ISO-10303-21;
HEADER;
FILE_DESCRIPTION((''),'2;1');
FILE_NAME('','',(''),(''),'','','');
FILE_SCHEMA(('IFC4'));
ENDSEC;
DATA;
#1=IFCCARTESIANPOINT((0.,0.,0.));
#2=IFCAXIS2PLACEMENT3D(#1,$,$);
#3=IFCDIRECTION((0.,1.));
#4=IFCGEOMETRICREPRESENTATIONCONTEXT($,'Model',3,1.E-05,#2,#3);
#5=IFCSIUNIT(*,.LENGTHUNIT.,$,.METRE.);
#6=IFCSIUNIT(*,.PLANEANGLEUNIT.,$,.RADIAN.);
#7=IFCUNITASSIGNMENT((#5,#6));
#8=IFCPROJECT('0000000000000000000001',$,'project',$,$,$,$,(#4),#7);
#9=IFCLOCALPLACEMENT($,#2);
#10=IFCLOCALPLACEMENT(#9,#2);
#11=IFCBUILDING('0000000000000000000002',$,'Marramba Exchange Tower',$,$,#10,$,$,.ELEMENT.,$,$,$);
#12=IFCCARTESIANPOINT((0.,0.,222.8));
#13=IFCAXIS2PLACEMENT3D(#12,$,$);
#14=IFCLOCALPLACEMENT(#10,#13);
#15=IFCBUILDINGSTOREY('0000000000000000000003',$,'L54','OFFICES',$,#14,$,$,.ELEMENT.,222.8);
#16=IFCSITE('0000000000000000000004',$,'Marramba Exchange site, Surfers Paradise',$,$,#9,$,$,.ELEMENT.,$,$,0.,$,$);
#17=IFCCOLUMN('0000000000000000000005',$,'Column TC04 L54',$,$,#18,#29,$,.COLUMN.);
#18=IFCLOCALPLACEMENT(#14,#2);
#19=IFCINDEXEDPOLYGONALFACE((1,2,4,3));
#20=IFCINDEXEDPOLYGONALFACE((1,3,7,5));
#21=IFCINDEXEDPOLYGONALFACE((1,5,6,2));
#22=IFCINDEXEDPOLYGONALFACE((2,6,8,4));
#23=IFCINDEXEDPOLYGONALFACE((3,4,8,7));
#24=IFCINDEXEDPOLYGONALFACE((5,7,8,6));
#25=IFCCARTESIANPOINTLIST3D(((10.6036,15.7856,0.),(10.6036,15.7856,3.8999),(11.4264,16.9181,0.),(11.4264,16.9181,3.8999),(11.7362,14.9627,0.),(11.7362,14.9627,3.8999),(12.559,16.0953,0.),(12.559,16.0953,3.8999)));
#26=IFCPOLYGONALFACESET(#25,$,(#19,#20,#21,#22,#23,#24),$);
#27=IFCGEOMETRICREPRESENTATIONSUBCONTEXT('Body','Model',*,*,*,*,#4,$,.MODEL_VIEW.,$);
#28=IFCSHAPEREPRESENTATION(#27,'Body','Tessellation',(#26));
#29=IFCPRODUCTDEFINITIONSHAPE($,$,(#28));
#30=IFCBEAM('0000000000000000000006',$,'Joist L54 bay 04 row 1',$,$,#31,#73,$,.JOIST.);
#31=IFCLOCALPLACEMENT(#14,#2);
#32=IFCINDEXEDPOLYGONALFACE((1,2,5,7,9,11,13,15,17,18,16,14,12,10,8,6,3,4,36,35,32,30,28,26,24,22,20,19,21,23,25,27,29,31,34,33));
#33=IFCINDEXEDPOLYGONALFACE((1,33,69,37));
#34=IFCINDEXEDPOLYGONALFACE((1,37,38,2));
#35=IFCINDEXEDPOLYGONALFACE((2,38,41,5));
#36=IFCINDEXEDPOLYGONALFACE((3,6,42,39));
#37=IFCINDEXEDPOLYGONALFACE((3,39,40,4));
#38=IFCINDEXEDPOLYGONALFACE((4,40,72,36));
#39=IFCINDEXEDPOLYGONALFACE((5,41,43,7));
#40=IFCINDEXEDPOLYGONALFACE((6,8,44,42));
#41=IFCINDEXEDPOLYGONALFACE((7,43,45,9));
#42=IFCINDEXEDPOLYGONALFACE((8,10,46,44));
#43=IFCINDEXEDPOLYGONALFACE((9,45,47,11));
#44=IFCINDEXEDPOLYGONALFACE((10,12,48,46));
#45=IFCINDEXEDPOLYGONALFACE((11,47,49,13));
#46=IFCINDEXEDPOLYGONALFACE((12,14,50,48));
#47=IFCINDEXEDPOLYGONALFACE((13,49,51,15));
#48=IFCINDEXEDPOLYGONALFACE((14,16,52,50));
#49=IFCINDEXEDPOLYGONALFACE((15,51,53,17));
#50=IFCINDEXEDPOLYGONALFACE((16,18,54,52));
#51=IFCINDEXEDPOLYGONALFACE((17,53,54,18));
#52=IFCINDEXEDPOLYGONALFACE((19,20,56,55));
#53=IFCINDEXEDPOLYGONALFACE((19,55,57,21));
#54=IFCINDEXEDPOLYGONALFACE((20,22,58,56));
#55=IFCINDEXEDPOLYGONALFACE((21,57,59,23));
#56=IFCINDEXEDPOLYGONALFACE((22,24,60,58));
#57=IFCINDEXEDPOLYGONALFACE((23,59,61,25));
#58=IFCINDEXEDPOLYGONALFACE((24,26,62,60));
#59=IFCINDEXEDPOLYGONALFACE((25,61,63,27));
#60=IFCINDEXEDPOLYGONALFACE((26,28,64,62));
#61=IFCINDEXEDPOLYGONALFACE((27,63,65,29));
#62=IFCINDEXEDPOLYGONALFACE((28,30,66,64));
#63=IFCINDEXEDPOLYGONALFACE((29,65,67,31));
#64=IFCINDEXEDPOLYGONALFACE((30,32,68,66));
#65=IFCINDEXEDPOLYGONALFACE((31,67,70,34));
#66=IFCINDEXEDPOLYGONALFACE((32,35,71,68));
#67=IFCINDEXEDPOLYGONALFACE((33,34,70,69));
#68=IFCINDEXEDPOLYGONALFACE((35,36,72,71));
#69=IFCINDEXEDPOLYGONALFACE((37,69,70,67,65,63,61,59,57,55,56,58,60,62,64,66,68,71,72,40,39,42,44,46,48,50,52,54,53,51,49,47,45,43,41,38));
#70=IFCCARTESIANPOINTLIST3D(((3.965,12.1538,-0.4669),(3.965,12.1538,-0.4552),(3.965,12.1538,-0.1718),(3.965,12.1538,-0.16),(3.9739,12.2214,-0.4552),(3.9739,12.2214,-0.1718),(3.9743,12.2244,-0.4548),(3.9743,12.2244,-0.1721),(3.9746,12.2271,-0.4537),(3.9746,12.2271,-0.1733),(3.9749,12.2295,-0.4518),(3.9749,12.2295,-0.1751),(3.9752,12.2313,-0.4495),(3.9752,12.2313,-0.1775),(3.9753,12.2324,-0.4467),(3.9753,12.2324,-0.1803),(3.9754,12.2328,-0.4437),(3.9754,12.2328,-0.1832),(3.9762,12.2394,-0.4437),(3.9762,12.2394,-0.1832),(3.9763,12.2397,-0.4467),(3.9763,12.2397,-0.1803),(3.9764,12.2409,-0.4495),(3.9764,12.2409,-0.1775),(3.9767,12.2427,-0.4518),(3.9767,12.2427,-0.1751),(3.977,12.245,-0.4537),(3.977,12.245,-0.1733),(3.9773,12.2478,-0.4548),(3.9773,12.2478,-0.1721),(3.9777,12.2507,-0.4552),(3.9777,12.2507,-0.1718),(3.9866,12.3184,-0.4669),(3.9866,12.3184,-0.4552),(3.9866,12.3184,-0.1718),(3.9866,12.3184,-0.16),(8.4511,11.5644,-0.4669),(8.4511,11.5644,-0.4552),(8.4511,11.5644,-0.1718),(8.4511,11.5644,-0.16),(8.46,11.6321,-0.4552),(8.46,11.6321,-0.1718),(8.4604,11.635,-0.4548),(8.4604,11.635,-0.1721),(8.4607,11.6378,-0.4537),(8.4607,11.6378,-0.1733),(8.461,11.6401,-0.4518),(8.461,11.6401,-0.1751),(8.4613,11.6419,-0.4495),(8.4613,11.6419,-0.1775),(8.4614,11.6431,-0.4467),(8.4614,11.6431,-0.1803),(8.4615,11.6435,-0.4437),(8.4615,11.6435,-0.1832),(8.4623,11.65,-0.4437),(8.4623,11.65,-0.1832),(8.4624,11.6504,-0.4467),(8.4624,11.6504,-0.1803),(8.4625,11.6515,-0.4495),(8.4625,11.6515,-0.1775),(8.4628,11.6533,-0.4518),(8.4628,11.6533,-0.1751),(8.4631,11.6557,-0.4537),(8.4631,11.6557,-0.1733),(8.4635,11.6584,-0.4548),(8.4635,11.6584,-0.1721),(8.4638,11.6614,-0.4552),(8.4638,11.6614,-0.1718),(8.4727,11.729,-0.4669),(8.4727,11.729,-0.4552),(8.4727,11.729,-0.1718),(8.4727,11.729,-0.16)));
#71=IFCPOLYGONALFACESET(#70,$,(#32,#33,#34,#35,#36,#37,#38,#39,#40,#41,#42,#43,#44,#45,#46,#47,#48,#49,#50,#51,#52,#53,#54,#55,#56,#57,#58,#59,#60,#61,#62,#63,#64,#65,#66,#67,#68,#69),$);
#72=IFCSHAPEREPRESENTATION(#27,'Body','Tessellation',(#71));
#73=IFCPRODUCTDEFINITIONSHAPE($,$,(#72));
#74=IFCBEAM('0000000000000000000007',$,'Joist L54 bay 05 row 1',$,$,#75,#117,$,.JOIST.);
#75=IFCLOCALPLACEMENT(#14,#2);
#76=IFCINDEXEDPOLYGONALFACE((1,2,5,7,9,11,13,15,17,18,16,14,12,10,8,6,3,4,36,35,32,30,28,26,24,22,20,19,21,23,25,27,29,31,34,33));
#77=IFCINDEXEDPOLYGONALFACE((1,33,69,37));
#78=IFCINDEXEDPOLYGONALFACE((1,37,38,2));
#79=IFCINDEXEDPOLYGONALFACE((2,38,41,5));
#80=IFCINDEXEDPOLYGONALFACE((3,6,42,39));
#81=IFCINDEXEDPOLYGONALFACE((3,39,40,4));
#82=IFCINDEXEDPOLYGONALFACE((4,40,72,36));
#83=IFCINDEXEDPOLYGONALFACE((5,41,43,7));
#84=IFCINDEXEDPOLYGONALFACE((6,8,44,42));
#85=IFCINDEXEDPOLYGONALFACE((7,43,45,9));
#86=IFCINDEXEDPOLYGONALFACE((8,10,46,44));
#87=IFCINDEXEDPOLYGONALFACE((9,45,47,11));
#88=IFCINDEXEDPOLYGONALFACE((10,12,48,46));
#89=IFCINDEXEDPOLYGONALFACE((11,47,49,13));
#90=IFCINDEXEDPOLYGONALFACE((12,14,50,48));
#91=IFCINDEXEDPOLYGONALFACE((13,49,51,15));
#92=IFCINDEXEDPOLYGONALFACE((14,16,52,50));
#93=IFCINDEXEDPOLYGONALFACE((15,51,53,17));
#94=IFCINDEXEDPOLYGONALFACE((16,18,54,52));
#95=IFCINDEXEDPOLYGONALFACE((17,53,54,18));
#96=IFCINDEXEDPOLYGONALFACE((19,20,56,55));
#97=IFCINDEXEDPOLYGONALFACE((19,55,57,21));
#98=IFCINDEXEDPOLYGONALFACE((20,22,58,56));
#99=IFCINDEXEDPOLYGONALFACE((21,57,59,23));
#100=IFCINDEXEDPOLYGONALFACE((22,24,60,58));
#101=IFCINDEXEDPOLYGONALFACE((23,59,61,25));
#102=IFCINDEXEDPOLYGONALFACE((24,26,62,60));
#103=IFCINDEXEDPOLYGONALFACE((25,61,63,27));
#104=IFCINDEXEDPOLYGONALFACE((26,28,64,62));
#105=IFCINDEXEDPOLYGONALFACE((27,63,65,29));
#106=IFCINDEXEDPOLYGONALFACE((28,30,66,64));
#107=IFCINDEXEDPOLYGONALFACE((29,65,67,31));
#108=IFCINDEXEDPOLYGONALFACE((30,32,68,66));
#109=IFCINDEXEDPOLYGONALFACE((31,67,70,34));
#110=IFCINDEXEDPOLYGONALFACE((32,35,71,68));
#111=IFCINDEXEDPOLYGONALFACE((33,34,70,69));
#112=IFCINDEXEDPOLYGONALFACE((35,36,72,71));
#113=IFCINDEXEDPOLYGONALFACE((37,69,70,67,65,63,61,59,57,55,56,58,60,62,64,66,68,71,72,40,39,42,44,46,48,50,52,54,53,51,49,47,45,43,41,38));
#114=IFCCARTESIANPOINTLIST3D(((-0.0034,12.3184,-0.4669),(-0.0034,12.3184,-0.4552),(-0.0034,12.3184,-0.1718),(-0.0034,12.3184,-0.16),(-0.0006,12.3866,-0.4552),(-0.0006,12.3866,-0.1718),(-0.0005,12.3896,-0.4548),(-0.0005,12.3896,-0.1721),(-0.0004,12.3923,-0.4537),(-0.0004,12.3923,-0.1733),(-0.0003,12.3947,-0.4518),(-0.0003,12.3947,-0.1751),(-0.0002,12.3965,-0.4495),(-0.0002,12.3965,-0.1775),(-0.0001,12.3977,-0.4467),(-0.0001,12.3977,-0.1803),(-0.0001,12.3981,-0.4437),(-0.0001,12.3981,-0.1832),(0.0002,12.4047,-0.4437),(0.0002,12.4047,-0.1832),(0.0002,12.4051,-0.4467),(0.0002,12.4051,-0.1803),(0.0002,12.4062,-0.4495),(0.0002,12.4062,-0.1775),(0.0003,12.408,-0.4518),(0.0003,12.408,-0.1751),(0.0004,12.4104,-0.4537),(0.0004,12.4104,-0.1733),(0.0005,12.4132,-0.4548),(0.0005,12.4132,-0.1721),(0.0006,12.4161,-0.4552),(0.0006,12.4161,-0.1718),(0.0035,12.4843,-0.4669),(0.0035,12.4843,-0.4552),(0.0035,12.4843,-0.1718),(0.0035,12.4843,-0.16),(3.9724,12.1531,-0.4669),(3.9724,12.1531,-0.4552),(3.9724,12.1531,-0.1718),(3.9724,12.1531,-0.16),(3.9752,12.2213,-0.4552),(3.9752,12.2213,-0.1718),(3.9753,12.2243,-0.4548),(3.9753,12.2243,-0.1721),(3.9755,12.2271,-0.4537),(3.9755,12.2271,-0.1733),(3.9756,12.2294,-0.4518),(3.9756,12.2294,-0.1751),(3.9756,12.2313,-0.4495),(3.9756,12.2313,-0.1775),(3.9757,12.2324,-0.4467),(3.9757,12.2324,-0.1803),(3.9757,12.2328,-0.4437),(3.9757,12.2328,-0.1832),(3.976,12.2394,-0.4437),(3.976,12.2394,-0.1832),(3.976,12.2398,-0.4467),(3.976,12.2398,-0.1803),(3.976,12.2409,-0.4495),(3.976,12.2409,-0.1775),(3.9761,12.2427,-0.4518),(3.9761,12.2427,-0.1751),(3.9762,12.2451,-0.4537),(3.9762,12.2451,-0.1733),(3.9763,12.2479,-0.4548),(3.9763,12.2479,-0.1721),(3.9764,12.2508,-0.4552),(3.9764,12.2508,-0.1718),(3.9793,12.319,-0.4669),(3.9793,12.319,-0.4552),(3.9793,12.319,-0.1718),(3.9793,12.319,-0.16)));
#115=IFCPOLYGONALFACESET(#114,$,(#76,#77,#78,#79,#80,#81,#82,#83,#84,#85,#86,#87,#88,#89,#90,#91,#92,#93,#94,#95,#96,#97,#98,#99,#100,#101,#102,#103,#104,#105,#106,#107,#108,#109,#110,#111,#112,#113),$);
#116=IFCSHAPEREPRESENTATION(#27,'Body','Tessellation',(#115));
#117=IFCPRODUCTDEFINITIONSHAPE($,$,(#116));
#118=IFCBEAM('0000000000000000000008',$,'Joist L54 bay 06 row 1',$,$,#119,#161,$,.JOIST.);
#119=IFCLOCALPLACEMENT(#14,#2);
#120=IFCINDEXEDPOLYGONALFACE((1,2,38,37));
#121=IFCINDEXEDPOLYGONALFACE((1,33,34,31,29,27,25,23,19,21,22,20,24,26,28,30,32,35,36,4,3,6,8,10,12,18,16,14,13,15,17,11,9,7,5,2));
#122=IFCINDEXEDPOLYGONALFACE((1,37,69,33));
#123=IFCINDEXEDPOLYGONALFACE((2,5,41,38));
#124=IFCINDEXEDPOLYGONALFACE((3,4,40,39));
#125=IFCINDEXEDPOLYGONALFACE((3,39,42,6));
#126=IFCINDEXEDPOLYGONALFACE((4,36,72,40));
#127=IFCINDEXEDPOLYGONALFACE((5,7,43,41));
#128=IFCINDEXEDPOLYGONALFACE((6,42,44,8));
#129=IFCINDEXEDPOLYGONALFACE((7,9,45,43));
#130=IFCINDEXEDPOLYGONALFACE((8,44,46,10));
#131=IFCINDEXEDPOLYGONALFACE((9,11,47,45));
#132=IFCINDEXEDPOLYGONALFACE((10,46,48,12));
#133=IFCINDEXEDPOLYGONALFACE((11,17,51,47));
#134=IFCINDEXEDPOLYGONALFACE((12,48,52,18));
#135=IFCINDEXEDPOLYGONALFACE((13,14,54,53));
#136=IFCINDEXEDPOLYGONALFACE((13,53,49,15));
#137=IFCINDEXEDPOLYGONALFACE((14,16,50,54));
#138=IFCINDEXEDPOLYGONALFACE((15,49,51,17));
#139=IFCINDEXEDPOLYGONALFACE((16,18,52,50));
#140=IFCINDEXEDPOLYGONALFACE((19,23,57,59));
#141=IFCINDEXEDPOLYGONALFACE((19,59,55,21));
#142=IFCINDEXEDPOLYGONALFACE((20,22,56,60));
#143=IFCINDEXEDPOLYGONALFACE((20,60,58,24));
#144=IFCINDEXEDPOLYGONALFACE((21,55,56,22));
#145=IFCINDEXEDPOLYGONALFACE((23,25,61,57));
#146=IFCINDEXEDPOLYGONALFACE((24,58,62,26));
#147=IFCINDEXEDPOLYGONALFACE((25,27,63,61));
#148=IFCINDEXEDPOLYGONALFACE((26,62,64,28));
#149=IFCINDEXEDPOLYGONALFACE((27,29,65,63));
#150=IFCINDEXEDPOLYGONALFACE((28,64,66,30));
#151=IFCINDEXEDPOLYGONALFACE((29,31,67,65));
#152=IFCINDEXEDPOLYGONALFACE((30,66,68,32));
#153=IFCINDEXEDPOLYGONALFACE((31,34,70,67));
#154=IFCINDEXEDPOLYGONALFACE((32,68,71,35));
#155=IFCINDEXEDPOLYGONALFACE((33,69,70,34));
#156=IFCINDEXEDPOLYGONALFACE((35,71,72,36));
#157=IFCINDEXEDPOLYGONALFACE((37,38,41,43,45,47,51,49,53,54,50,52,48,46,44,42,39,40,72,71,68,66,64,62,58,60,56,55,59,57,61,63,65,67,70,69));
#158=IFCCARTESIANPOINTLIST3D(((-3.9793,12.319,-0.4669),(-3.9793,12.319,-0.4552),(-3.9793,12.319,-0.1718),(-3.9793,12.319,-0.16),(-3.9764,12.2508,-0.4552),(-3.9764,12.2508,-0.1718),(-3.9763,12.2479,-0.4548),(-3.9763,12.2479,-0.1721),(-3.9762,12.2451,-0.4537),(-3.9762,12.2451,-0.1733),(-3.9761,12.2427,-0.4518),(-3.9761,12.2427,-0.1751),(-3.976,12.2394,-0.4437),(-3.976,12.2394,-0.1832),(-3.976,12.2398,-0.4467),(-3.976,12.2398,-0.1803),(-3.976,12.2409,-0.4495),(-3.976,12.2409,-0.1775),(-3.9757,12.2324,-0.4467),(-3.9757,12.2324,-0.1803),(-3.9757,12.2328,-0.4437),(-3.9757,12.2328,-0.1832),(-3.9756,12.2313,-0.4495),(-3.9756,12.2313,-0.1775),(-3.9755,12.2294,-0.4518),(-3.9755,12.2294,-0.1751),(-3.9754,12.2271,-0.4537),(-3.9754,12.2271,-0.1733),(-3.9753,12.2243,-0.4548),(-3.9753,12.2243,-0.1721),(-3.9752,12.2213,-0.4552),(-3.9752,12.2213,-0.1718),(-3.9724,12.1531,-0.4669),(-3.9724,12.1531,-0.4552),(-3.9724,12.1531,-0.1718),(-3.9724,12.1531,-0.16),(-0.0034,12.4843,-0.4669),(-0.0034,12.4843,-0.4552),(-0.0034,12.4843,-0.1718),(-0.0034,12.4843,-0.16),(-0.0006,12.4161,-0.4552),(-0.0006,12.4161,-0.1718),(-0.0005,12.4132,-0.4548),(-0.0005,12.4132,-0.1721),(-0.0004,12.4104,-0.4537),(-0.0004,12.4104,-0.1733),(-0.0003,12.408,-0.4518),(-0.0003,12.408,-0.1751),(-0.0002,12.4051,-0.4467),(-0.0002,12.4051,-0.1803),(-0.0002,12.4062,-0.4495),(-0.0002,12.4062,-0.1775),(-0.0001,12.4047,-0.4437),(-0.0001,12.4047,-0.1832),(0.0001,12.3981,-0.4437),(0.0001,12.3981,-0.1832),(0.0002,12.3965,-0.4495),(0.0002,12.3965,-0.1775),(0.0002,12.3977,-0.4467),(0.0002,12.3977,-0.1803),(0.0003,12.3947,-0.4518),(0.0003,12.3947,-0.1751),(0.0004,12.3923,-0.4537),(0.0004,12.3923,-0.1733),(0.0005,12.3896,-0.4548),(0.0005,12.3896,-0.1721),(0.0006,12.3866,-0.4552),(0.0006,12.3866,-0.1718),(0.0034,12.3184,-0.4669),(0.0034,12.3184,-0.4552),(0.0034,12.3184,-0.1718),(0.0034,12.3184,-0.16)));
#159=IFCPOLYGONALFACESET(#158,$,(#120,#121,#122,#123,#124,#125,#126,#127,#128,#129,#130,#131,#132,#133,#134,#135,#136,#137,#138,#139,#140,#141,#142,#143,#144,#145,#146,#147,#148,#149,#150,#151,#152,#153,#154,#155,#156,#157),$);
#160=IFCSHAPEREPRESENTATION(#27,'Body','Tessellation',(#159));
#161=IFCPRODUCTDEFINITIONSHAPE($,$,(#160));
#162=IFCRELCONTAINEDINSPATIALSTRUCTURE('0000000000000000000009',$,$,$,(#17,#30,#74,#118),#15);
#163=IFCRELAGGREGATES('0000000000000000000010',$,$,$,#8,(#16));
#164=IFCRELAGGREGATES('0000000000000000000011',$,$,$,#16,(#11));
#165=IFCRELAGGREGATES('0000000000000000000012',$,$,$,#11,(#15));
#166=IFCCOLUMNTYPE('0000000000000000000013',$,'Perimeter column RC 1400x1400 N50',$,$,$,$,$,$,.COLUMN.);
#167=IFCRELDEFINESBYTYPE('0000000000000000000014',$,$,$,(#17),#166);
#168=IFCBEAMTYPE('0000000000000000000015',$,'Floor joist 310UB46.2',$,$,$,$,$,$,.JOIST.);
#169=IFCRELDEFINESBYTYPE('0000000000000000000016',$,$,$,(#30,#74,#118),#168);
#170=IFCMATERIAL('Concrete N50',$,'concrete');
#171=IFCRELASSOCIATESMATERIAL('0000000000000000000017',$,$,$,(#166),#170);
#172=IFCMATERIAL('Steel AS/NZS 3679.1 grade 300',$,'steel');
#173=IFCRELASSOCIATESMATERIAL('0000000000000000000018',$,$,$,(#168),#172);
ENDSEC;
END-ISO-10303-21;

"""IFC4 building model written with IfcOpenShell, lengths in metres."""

from ifc_helpers import new_model, si_unit, direction, frame, origin, origin_2d, place, context, subcontext, project, spatial, rectangle, i_section, extrude, material, material_profile, profile_set, type_object, element, save


model = new_model("IFC4")

# Units and contexts
model_context = context("Model", 3, precision=1e-05, world=origin(), true_north=direction((0.0, 1.0)))
body_context = subcontext(model_context, "Body", "Model", "MODEL_VIEW")
ifc_project = project(units=[si_unit("LENGTHUNIT", "METRE"), si_unit("PLANEANGLEUNIT", "RADIAN")], contexts=[model_context])

# Site, building, storey
site_placement = place(None, origin())
site = spatial("IfcSite", under=ifc_project, at=site_placement, Name="Marramba Exchange site, Surfers Paradise", CompositionType="ELEMENT", RefElevation=0.0)
building_placement = place(site_placement, origin())
building = spatial("IfcBuilding", under=site, at=building_placement, Name="Marramba Exchange Tower", CompositionType="ELEMENT")
storey_placement = place(building_placement, frame((0.0, 0.0, 222.8)))
storey = spatial("IfcBuildingStorey", under=building, at=storey_placement, Name="L54", Description="OFFICES", CompositionType="ELEMENT", Elevation=222.8)

# Column
ifc_material_1 = material(Name="Concrete N50", Category="concrete")
ifc_material_profile_1 = material_profile(ifc_material_1, rectangle(XDim=1.3999, YDim=1.3999, at=origin_2d()), Name="RC 1400x1400")
ifc_profile_set_1 = profile_set([ifc_material_profile_1], Name="Concrete N50")
column_type = type_object("IfcColumnType", Name="Perimeter column RC 1400x1400 N50", PredefinedType="COLUMN", material=ifc_profile_set_1)
column_placement = place(storey_placement, frame((11.5813, 15.9404, 0.0), z_axis=(0.0, 0.0, 1.0), x_axis=(0.587785, 0.809017, 0.0)))
element("IfcColumn", 1, at=column_placement, inside=storey, type_object=column_type, Name="Column TC04 L54", PredefinedType="COLUMN", context=body_context, shape_type="SweptSolid", body=[
    extrude(rectangle(XDim=1.3999, YDim=1.3999, at=origin_2d()), origin(), (0.0, 0.0, 1.0), 3.8999),
])

# Beams
ifc_material_2 = material(Name="Steel AS/NZS 3679.1 grade 300", Category="steel")
ifc_material_profile_2 = material_profile(ifc_material_2, i_section(OverallWidth=0.166, OverallDepth=0.3069, WebThickness=0.0066, FlangeThickness=0.0117, FilletRadius=0.0115, at=origin_2d()), Name="310UB46.2")
ifc_profile_set_2 = profile_set([ifc_material_profile_2], Name="Steel AS/NZS 3679.1 grade 300")
beam_type_1 = type_object("IfcBeamType", Name="Floor joist 310UB46.2", PredefinedType="JOIST", material=ifc_profile_set_2)
beam_1_placement = place(storey_placement, frame((8.4619, 11.6467, -0.3135), z_axis=(-0.991481, 0.130255, 0.0), x_axis=(-0.130255, -0.991481, 0.0)))
element("IfcBeam", 2, at=beam_1_placement, inside=storey, type_object=beam_type_1, Name="Joist L54 bay 04 row 1", PredefinedType="JOIST", context=body_context, shape_type="SweptSolid", body=[
    extrude(i_section(OverallWidth=0.166, OverallDepth=0.3069, WebThickness=0.0066, FlangeThickness=0.0117, FilletRadius=0.0115, at=origin_2d()), origin(), (0.0, 0.0, 1.0), 4.5247),
])
for number, where, z_axis, x_axis, name in (
    (3, (3.9758, 12.2361, -0.3135), (-0.999137, 0.041536, 0.0), (-0.041536, -0.999137, 0.0), "Joist L54 bay 05 row 1"),
    (4, (0.0, 12.4014, -0.3135), (-0.999137, -0.041536, 0.0), (0.041536, -0.999137, 0.0), "Joist L54 bay 06 row 1"),
):
    element("IfcBeam", number, at=place(storey_placement, frame(where, z_axis=z_axis, x_axis=x_axis)), inside=storey, type_object=beam_type_1, Name=name, PredefinedType="JOIST", context=body_context, shape_type="SweptSolid", body=[
        extrude(i_section(OverallWidth=0.166, OverallDepth=0.3069, WebThickness=0.0066, FlangeThickness=0.0117, FilletRadius=0.0115, at=origin_2d()), origin(), (0.0, 0.0, 1.0), 3.9792),
    ])

save(model, "model.ifc")
